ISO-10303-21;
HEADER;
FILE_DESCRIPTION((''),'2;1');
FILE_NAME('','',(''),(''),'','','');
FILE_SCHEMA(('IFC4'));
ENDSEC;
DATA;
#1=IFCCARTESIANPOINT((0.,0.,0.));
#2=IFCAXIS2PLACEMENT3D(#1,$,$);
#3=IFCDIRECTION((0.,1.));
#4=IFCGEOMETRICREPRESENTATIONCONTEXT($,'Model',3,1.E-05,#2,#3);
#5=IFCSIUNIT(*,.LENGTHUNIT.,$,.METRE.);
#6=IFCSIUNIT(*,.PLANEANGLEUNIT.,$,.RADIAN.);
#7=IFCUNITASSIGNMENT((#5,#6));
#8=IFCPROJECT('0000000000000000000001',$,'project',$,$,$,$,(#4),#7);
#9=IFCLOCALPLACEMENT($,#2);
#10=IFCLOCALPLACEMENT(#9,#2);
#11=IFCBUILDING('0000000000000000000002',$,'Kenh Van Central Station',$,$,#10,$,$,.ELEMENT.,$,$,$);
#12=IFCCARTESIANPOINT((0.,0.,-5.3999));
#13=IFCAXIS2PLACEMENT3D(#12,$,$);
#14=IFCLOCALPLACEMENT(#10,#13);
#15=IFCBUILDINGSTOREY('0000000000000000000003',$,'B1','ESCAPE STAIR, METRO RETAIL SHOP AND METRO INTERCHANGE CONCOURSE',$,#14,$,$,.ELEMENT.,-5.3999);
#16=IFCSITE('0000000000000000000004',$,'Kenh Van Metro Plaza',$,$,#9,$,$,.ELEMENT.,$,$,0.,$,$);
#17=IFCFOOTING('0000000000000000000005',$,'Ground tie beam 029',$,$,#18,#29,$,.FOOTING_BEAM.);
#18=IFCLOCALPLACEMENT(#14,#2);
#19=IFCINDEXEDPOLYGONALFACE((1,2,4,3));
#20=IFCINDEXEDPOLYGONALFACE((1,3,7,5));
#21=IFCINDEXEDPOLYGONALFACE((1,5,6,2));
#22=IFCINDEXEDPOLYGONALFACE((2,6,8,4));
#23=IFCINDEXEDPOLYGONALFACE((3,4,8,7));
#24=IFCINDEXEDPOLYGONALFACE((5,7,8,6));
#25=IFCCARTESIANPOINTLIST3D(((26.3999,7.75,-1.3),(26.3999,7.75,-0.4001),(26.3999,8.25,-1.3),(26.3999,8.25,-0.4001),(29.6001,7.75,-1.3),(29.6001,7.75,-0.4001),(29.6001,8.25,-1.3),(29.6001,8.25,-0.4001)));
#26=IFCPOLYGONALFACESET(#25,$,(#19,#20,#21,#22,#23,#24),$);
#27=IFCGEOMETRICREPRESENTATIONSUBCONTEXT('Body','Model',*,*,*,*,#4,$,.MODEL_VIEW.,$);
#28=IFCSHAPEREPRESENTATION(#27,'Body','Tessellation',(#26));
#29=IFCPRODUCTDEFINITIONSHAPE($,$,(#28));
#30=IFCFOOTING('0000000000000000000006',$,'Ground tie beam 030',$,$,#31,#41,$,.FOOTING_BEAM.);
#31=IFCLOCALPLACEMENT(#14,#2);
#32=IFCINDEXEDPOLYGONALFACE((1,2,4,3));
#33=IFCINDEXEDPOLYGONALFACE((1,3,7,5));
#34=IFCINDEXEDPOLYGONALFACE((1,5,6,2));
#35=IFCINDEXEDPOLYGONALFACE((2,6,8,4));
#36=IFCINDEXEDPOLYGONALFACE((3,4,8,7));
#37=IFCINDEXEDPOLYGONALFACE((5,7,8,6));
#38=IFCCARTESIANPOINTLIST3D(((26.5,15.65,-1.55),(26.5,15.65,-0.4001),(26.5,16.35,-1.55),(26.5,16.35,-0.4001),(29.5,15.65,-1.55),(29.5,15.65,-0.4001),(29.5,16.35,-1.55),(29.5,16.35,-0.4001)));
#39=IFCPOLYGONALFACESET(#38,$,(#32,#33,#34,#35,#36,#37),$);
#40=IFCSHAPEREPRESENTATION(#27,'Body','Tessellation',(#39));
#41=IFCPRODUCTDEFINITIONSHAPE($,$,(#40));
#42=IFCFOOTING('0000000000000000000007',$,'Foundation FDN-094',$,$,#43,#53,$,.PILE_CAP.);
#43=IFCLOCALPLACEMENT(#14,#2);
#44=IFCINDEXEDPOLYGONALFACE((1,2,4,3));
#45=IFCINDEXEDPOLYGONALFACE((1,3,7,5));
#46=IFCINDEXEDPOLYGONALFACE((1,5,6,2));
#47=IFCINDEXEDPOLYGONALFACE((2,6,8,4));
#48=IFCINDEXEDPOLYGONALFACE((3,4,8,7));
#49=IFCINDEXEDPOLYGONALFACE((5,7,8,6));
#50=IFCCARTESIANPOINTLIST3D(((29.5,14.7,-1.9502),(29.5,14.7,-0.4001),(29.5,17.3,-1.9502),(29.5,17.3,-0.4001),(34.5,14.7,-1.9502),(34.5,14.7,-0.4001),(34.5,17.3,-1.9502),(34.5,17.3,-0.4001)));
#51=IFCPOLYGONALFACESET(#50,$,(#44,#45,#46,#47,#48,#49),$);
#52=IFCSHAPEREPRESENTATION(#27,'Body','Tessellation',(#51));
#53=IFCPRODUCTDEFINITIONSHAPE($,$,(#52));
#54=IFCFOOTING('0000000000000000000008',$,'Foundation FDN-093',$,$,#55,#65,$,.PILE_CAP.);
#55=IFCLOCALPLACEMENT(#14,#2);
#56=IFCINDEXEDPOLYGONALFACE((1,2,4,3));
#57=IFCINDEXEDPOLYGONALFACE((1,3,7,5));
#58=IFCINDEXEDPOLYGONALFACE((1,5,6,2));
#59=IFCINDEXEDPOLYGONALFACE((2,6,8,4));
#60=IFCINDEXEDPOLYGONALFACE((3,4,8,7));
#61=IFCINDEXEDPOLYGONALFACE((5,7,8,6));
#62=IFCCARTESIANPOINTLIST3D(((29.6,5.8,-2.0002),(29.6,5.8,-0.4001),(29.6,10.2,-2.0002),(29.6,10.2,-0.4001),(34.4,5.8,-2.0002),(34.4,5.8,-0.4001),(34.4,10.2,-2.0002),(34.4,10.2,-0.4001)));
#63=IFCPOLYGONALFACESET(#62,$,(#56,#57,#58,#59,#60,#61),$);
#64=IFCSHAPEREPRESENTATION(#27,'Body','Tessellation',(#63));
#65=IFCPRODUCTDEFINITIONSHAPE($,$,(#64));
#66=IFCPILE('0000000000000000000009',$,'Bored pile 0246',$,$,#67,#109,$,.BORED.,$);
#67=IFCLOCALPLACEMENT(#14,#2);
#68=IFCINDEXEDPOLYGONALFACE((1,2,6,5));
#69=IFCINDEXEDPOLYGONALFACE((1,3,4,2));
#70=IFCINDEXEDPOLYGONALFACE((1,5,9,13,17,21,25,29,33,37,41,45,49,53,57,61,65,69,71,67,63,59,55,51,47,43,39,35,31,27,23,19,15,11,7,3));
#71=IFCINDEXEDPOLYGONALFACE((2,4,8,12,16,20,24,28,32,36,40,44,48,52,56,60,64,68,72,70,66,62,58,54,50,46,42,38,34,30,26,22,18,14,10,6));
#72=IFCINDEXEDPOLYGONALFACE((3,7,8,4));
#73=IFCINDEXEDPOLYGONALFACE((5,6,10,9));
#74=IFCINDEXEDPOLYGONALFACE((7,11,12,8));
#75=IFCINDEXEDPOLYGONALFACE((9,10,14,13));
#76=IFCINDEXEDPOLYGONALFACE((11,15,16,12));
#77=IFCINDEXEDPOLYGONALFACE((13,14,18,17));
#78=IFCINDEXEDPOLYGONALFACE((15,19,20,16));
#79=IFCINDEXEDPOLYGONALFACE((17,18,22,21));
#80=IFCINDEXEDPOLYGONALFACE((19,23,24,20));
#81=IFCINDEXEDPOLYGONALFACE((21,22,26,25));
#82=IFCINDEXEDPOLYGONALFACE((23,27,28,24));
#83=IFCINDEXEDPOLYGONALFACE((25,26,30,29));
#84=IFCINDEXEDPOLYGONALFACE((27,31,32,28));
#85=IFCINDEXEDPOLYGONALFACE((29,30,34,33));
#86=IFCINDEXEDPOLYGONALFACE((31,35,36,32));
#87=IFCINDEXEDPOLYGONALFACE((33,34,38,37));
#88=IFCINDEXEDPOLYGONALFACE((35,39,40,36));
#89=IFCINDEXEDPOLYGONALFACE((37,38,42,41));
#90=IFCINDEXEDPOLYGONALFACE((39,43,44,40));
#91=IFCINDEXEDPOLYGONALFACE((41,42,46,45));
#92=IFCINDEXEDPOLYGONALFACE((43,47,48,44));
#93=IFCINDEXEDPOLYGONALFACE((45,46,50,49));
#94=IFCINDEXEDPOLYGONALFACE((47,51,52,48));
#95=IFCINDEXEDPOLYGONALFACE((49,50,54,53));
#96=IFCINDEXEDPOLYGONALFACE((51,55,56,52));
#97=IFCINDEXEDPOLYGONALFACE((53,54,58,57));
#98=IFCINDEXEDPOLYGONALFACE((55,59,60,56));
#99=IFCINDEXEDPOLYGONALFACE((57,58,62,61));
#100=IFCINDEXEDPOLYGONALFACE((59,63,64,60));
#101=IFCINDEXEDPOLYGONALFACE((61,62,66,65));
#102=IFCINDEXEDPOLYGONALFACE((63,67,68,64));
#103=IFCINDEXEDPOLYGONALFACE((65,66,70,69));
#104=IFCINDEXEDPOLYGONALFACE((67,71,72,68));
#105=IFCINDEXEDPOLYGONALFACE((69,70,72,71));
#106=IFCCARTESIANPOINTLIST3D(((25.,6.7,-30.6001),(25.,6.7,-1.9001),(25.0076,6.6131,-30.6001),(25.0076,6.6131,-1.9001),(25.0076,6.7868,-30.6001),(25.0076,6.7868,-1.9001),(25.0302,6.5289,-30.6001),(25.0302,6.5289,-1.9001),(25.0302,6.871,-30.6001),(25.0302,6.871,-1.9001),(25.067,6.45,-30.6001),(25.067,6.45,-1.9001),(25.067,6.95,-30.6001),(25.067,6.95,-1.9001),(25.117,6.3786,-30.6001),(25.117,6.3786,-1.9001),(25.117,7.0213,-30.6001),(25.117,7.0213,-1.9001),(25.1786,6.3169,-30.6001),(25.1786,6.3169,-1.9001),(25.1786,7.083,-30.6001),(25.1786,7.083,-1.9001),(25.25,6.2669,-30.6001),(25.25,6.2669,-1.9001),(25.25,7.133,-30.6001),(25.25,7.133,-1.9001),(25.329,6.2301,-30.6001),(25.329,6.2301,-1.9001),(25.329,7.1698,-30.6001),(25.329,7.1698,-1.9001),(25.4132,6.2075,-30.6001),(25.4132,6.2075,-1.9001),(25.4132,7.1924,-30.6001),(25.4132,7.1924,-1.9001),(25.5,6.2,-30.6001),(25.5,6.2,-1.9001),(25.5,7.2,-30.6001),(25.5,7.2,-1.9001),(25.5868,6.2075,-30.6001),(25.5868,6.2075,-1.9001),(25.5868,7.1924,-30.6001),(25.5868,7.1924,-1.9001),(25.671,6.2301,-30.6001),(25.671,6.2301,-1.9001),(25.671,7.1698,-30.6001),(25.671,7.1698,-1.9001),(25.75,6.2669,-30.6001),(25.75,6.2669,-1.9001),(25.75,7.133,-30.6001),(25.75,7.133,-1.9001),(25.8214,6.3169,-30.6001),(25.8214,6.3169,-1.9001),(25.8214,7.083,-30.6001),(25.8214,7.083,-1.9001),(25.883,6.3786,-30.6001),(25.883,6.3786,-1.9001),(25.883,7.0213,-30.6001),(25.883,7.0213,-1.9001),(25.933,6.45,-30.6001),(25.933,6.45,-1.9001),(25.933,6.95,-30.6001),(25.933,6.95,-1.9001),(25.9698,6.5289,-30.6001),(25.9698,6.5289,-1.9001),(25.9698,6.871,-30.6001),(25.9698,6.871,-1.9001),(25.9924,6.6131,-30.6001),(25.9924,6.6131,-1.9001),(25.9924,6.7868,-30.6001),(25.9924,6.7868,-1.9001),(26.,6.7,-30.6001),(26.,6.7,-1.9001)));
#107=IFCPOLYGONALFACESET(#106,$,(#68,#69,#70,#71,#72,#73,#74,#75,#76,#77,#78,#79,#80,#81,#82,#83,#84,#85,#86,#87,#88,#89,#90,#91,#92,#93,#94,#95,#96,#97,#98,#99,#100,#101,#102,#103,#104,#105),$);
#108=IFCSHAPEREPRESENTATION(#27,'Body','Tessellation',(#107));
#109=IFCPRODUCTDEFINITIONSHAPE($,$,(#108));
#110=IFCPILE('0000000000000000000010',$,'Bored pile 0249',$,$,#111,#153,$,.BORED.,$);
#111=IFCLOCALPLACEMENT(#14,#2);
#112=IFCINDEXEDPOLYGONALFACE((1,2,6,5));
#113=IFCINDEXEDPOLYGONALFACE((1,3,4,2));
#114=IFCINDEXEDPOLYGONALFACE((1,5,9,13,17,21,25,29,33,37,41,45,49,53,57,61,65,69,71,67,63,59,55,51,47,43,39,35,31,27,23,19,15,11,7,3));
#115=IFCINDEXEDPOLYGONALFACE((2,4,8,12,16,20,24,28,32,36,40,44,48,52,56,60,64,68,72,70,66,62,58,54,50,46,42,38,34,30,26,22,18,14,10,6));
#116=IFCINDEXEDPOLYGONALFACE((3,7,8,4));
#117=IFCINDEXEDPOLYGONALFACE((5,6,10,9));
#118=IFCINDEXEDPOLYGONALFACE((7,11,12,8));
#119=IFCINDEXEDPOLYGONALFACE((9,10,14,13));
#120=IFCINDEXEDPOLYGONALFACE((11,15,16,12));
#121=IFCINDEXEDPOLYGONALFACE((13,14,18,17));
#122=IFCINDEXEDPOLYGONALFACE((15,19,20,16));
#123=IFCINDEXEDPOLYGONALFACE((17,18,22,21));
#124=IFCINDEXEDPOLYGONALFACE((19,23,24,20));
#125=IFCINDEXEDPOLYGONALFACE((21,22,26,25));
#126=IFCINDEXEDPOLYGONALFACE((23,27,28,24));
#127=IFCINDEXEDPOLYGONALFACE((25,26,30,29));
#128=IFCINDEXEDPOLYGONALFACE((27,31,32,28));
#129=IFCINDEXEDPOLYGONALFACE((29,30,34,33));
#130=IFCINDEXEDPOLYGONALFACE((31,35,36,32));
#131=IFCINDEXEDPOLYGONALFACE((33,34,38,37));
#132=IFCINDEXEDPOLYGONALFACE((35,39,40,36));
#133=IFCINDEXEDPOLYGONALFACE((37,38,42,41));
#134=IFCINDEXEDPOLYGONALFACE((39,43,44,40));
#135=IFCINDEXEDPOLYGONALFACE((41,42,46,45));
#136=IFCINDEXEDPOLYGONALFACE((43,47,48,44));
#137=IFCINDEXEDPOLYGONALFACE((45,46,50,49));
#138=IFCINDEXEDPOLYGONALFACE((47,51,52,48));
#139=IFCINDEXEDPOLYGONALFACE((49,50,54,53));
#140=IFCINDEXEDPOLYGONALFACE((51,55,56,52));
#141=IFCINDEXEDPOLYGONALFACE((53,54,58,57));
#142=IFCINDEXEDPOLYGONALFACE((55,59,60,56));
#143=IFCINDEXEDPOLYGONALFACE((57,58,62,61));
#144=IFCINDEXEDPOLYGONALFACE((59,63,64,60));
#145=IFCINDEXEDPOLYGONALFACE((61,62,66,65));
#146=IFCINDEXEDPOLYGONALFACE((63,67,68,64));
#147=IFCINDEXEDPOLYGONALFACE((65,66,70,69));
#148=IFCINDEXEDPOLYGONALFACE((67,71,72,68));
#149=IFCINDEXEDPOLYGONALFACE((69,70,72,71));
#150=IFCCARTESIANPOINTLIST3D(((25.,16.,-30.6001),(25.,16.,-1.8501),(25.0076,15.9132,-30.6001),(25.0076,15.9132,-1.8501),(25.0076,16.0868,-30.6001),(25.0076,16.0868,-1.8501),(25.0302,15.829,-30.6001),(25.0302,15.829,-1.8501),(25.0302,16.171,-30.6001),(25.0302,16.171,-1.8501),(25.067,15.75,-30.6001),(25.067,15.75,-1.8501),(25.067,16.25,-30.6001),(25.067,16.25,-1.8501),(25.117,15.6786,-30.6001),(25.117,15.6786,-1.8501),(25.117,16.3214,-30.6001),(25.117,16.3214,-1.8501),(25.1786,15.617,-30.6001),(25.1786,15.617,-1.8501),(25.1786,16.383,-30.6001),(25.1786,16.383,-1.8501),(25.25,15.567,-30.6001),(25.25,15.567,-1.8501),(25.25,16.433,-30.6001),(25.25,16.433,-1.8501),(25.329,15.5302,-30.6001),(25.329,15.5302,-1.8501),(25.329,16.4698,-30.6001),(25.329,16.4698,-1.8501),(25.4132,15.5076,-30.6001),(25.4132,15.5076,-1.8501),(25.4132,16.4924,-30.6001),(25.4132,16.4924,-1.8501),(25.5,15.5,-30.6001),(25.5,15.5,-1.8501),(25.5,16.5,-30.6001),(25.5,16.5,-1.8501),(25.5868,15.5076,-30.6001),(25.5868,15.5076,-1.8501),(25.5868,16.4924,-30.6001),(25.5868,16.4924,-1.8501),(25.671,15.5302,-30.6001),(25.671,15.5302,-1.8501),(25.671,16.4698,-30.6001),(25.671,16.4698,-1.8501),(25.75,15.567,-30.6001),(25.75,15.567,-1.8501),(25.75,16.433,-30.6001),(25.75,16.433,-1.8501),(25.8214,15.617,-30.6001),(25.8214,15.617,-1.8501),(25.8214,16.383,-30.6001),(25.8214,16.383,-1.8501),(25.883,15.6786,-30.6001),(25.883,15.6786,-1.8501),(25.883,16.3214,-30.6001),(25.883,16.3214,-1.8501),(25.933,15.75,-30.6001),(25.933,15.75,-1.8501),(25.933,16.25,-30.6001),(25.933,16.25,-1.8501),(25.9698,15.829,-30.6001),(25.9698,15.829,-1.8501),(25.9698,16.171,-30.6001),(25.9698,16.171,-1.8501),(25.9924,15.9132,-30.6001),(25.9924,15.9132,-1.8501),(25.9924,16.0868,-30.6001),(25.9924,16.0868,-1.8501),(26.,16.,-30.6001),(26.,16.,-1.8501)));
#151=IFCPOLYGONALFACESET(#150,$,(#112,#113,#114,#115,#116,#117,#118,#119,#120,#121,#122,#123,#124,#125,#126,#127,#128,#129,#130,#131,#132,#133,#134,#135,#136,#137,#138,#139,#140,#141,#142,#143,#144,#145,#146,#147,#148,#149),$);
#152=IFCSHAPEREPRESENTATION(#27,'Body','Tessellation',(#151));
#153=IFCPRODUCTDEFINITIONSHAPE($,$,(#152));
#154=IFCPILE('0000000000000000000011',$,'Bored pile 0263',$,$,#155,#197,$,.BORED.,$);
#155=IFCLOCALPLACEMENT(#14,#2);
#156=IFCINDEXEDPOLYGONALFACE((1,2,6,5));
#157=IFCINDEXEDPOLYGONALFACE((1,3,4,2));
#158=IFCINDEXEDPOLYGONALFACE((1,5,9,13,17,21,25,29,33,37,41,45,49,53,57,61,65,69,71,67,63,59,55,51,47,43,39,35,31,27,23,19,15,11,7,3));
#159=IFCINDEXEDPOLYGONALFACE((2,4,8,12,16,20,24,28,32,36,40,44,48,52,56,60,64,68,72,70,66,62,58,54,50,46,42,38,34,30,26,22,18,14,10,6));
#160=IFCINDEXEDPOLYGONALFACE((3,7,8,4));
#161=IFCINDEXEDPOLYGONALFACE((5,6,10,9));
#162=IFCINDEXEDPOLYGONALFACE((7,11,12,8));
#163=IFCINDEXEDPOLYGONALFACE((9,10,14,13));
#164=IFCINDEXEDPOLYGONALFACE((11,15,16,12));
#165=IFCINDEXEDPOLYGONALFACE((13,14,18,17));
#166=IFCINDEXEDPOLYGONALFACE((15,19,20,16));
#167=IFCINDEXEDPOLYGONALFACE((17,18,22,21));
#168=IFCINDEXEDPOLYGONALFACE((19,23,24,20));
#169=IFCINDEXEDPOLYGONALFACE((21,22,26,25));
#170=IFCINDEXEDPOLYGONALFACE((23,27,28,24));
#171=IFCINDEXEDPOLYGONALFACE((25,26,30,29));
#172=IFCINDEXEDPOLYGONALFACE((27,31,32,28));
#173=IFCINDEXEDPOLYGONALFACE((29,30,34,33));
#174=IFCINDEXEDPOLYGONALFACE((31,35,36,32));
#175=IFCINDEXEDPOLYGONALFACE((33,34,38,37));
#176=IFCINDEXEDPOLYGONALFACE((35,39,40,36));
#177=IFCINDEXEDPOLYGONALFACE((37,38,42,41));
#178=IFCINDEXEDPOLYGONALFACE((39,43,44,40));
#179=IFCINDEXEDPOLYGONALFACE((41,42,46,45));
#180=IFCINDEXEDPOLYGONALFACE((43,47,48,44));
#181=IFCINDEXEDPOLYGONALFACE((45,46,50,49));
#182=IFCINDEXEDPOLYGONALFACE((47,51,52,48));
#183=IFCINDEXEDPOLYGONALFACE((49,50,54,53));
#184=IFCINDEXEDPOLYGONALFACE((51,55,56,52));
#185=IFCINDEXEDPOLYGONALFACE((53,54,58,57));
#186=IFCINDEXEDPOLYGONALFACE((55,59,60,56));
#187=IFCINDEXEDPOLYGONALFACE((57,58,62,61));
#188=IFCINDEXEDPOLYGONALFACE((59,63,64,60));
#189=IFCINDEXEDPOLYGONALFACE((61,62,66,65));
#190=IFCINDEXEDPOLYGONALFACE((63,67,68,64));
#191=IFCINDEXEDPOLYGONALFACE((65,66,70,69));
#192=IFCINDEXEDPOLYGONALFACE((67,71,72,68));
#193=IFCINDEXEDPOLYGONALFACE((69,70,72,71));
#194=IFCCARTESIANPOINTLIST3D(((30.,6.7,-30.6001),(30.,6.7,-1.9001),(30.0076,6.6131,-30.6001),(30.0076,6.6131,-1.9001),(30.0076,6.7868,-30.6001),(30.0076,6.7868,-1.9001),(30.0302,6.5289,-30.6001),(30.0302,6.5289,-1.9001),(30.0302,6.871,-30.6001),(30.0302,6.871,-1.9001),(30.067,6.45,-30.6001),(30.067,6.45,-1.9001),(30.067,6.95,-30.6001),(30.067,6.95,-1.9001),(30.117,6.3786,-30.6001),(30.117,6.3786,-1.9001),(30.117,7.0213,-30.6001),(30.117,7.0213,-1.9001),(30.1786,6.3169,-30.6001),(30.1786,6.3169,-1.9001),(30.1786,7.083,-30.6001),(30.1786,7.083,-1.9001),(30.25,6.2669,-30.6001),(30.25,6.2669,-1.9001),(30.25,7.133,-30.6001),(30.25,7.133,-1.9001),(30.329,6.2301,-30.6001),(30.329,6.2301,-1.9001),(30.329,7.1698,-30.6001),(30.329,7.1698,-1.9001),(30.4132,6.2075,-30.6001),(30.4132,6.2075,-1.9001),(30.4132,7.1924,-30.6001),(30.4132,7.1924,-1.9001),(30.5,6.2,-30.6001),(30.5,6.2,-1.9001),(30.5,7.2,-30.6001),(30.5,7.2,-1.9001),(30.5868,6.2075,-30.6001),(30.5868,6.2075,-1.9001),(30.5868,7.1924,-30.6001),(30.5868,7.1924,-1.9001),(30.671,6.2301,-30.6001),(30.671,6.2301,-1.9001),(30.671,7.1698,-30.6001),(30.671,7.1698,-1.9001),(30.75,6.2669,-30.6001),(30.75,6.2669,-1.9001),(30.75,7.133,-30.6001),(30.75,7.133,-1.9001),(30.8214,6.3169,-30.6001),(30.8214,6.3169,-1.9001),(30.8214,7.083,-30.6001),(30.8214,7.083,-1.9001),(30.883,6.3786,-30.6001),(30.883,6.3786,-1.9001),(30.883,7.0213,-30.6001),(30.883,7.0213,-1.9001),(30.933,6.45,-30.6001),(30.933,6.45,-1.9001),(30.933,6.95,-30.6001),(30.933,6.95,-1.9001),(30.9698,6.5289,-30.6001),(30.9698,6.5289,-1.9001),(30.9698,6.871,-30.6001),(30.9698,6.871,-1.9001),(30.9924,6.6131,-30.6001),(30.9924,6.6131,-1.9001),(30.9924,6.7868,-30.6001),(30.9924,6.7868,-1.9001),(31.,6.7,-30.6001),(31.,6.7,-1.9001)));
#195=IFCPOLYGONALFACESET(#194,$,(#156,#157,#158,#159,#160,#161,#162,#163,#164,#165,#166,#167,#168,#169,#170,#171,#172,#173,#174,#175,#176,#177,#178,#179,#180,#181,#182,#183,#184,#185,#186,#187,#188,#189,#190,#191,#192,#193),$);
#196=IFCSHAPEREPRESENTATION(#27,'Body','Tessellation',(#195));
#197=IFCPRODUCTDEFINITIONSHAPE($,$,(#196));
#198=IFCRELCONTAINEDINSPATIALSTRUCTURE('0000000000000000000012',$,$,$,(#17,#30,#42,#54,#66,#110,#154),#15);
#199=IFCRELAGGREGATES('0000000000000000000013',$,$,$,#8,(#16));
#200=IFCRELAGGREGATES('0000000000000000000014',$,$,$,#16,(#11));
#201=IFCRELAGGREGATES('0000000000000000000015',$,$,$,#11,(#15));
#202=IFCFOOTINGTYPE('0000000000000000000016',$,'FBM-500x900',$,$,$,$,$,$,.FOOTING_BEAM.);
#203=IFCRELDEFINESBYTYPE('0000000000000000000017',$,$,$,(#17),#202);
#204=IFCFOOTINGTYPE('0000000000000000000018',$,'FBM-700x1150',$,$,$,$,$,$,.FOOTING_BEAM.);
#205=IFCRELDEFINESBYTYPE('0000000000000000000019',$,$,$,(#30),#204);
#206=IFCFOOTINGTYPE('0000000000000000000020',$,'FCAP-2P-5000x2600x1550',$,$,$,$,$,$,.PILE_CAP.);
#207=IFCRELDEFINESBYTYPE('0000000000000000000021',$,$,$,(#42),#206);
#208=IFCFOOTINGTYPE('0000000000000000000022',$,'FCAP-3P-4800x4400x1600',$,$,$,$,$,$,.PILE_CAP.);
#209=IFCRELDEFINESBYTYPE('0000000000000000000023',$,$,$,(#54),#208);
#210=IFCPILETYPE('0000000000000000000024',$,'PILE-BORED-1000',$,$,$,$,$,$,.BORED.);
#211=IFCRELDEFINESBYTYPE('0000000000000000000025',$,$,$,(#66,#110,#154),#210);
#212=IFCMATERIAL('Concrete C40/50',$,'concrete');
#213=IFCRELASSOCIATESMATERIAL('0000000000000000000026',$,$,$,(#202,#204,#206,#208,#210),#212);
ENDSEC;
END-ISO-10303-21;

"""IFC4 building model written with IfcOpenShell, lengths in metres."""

from ifc_helpers import new_model, si_unit, direction, frame, origin, origin_2d, place, context, subcontext, project, spatial, rectangle, circle, extrude, material, material_profile, profile_set, type_object, element, save


model = new_model("IFC4")

# Units and contexts
model_context = context("Model", 3, precision=1e-05, world=origin(), true_north=direction((0.0, 1.0)))
body_context = subcontext(model_context, "Body", "Model", "MODEL_VIEW")
ifc_project = project(units=[si_unit("LENGTHUNIT", "METRE"), si_unit("PLANEANGLEUNIT", "RADIAN")], contexts=[model_context])

# Site, building, storey
site_placement = place(None, origin())
site = spatial("IfcSite", under=ifc_project, at=site_placement, Name="Kenh Van Metro Plaza", CompositionType="ELEMENT", RefElevation=0.0)
building_placement = place(site_placement, origin())
building = spatial("IfcBuilding", under=site, at=building_placement, Name="Kenh Van Central Station", CompositionType="ELEMENT")
storey_placement = place(building_placement, frame((0.0, 0.0, -5.3999)))
storey = spatial("IfcBuildingStorey", under=building, at=storey_placement, Name="B1", Description="ESCAPE STAIR, METRO RETAIL SHOP AND METRO INTERCHANGE CONCOURSE", CompositionType="ELEMENT", Elevation=-5.3999)

# Footings
ifc_material_1 = material(Name="Concrete C40/50", Category="concrete")
ifc_material_profile_1 = material_profile(ifc_material_1, rectangle(XDim=0.5, YDim=0.8999, at=origin_2d()), Name="RC 500x900")
ifc_profile_set_1 = profile_set([ifc_material_profile_1], Name="Concrete C40/50")
footing_type_1 = type_object("IfcFootingType", Name="FBM-500x900", PredefinedType="FOOTING_BEAM", material=ifc_profile_set_1)
footing_1_placement = place(storey_placement, frame((26.3999, 8.0, -0.8501), z_axis=(1.0, 0.0, 0.0), x_axis=(0.0, 1.0, 0.0)))
element("IfcFooting", 1, at=footing_1_placement, inside=storey, type_object=footing_type_1, Name="Ground tie beam 029", PredefinedType="FOOTING_BEAM", context=body_context, shape_type="SweptSolid", body=[
    extrude(rectangle(XDim=0.5, YDim=0.8999, at=origin_2d()), origin(), (0.0, 0.0, 1.0), 3.2002),
])
ifc_material_profile_2 = material_profile(ifc_material_1, rectangle(XDim=0.7, YDim=1.1499, at=origin_2d()), Name="RC 700x1150")
ifc_profile_set_2 = profile_set([ifc_material_profile_2], Name="Concrete C40/50")
footing_type_2 = type_object("IfcFootingType", Name="FBM-700x1150", PredefinedType="FOOTING_BEAM", material=ifc_profile_set_2)
footing_2_placement = place(storey_placement, frame((26.5, 16.0, -0.9751), z_axis=(1.0, 0.0, 0.0), x_axis=(0.0, 1.0, 0.0)))
element("IfcFooting", 2, at=footing_2_placement, inside=storey, type_object=footing_type_2, Name="Ground tie beam 030", PredefinedType="FOOTING_BEAM", context=body_context, shape_type="SweptSolid", body=[
    extrude(rectangle(XDim=0.7, YDim=1.1499, at=origin_2d()), origin(), (0.0, 0.0, 1.0), 3.0),
])
footing_type_3 = type_object("IfcFootingType", Name="FCAP-2P-5000x2600x1550", PredefinedType="PILE_CAP", material=ifc_material_1)
footing_3_placement = place(storey_placement, frame((32.0, 16.0, -1.9502), z_axis=(0.0, 0.0, 1.0), x_axis=(1.0, 0.0, 0.0)))
element("IfcFooting", 3, at=footing_3_placement, inside=storey, type_object=footing_type_3, Name="Foundation FDN-094", PredefinedType="PILE_CAP", context=body_context, shape_type="SweptSolid", body=[
    extrude(rectangle(XDim=5.0, YDim=2.6001, at=origin_2d()), origin(), (0.0, 0.0, 1.0), 1.55),
])
footing_type_4 = type_object("IfcFootingType", Name="FCAP-3P-4800x4400x1600", PredefinedType="PILE_CAP", material=ifc_material_1)
footing_4_placement = place(storey_placement, frame((32.0, 8.0, -2.0002), z_axis=(0.0, 0.0, 1.0), x_axis=(1.0, 0.0, 0.0)))
element("IfcFooting", 4, at=footing_4_placement, inside=storey, type_object=footing_type_4, Name="Foundation FDN-093", PredefinedType="PILE_CAP", context=body_context, shape_type="SweptSolid", body=[
    extrude(rectangle(XDim=4.8, YDim=4.3999, at=origin_2d()), origin(), (0.0, 0.0, 1.0), 1.6001),
])

# Piles
ifc_material_profile_3 = material_profile(ifc_material_1, circle(Radius=0.5, at=origin_2d()), Name="PILE D1000")
ifc_profile_set_3 = profile_set([ifc_material_profile_3], Name="Concrete C40/50")
pile_type = type_object("IfcPileType", Name="PILE-BORED-1000", PredefinedType="BORED", material=ifc_profile_set_3)
pile_1_placement = place(storey_placement, frame((25.5, 6.7, -1.9001), z_axis=(0.0, 0.0, -1.0), x_axis=(1.0, 0.0, 0.0)))
element("IfcPile", 5, at=pile_1_placement, inside=storey, type_object=pile_type, Name="Bored pile 0246", PredefinedType="BORED", context=body_context, shape_type="SweptSolid", body=[
    extrude(circle(Radius=0.5, at=origin_2d()), origin(), (0.0, 0.0, 1.0), 28.7),
])
pile_2_placement = place(storey_placement, frame((25.5, 16.0, -1.8501), z_axis=(0.0, 0.0, -1.0), x_axis=(1.0, 0.0, 0.0)))
element("IfcPile", 6, at=pile_2_placement, inside=storey, type_object=pile_type, Name="Bored pile 0249", PredefinedType="BORED", context=body_context, shape_type="SweptSolid", body=[
    extrude(circle(Radius=0.5, at=origin_2d()), origin(), (0.0, 0.0, 1.0), 28.75),
])
for number, where, z_axis, x_axis, name in (
    (7, (30.5, 6.7, -1.9001), (0.0, 0.0, -1.0), (1.0, 0.0, 0.0), "Bored pile 0263"),
):
    element("IfcPile", number, at=place(storey_placement, frame(where, z_axis=z_axis, x_axis=x_axis)), inside=storey, type_object=pile_type, Name=name, PredefinedType="BORED", context=body_context, shape_type="SweptSolid", body=[
        extrude(circle(Radius=0.5, at=origin_2d()), origin(), (0.0, 0.0, 1.0), 28.7),
    ])

save(model, "model.ifc")
